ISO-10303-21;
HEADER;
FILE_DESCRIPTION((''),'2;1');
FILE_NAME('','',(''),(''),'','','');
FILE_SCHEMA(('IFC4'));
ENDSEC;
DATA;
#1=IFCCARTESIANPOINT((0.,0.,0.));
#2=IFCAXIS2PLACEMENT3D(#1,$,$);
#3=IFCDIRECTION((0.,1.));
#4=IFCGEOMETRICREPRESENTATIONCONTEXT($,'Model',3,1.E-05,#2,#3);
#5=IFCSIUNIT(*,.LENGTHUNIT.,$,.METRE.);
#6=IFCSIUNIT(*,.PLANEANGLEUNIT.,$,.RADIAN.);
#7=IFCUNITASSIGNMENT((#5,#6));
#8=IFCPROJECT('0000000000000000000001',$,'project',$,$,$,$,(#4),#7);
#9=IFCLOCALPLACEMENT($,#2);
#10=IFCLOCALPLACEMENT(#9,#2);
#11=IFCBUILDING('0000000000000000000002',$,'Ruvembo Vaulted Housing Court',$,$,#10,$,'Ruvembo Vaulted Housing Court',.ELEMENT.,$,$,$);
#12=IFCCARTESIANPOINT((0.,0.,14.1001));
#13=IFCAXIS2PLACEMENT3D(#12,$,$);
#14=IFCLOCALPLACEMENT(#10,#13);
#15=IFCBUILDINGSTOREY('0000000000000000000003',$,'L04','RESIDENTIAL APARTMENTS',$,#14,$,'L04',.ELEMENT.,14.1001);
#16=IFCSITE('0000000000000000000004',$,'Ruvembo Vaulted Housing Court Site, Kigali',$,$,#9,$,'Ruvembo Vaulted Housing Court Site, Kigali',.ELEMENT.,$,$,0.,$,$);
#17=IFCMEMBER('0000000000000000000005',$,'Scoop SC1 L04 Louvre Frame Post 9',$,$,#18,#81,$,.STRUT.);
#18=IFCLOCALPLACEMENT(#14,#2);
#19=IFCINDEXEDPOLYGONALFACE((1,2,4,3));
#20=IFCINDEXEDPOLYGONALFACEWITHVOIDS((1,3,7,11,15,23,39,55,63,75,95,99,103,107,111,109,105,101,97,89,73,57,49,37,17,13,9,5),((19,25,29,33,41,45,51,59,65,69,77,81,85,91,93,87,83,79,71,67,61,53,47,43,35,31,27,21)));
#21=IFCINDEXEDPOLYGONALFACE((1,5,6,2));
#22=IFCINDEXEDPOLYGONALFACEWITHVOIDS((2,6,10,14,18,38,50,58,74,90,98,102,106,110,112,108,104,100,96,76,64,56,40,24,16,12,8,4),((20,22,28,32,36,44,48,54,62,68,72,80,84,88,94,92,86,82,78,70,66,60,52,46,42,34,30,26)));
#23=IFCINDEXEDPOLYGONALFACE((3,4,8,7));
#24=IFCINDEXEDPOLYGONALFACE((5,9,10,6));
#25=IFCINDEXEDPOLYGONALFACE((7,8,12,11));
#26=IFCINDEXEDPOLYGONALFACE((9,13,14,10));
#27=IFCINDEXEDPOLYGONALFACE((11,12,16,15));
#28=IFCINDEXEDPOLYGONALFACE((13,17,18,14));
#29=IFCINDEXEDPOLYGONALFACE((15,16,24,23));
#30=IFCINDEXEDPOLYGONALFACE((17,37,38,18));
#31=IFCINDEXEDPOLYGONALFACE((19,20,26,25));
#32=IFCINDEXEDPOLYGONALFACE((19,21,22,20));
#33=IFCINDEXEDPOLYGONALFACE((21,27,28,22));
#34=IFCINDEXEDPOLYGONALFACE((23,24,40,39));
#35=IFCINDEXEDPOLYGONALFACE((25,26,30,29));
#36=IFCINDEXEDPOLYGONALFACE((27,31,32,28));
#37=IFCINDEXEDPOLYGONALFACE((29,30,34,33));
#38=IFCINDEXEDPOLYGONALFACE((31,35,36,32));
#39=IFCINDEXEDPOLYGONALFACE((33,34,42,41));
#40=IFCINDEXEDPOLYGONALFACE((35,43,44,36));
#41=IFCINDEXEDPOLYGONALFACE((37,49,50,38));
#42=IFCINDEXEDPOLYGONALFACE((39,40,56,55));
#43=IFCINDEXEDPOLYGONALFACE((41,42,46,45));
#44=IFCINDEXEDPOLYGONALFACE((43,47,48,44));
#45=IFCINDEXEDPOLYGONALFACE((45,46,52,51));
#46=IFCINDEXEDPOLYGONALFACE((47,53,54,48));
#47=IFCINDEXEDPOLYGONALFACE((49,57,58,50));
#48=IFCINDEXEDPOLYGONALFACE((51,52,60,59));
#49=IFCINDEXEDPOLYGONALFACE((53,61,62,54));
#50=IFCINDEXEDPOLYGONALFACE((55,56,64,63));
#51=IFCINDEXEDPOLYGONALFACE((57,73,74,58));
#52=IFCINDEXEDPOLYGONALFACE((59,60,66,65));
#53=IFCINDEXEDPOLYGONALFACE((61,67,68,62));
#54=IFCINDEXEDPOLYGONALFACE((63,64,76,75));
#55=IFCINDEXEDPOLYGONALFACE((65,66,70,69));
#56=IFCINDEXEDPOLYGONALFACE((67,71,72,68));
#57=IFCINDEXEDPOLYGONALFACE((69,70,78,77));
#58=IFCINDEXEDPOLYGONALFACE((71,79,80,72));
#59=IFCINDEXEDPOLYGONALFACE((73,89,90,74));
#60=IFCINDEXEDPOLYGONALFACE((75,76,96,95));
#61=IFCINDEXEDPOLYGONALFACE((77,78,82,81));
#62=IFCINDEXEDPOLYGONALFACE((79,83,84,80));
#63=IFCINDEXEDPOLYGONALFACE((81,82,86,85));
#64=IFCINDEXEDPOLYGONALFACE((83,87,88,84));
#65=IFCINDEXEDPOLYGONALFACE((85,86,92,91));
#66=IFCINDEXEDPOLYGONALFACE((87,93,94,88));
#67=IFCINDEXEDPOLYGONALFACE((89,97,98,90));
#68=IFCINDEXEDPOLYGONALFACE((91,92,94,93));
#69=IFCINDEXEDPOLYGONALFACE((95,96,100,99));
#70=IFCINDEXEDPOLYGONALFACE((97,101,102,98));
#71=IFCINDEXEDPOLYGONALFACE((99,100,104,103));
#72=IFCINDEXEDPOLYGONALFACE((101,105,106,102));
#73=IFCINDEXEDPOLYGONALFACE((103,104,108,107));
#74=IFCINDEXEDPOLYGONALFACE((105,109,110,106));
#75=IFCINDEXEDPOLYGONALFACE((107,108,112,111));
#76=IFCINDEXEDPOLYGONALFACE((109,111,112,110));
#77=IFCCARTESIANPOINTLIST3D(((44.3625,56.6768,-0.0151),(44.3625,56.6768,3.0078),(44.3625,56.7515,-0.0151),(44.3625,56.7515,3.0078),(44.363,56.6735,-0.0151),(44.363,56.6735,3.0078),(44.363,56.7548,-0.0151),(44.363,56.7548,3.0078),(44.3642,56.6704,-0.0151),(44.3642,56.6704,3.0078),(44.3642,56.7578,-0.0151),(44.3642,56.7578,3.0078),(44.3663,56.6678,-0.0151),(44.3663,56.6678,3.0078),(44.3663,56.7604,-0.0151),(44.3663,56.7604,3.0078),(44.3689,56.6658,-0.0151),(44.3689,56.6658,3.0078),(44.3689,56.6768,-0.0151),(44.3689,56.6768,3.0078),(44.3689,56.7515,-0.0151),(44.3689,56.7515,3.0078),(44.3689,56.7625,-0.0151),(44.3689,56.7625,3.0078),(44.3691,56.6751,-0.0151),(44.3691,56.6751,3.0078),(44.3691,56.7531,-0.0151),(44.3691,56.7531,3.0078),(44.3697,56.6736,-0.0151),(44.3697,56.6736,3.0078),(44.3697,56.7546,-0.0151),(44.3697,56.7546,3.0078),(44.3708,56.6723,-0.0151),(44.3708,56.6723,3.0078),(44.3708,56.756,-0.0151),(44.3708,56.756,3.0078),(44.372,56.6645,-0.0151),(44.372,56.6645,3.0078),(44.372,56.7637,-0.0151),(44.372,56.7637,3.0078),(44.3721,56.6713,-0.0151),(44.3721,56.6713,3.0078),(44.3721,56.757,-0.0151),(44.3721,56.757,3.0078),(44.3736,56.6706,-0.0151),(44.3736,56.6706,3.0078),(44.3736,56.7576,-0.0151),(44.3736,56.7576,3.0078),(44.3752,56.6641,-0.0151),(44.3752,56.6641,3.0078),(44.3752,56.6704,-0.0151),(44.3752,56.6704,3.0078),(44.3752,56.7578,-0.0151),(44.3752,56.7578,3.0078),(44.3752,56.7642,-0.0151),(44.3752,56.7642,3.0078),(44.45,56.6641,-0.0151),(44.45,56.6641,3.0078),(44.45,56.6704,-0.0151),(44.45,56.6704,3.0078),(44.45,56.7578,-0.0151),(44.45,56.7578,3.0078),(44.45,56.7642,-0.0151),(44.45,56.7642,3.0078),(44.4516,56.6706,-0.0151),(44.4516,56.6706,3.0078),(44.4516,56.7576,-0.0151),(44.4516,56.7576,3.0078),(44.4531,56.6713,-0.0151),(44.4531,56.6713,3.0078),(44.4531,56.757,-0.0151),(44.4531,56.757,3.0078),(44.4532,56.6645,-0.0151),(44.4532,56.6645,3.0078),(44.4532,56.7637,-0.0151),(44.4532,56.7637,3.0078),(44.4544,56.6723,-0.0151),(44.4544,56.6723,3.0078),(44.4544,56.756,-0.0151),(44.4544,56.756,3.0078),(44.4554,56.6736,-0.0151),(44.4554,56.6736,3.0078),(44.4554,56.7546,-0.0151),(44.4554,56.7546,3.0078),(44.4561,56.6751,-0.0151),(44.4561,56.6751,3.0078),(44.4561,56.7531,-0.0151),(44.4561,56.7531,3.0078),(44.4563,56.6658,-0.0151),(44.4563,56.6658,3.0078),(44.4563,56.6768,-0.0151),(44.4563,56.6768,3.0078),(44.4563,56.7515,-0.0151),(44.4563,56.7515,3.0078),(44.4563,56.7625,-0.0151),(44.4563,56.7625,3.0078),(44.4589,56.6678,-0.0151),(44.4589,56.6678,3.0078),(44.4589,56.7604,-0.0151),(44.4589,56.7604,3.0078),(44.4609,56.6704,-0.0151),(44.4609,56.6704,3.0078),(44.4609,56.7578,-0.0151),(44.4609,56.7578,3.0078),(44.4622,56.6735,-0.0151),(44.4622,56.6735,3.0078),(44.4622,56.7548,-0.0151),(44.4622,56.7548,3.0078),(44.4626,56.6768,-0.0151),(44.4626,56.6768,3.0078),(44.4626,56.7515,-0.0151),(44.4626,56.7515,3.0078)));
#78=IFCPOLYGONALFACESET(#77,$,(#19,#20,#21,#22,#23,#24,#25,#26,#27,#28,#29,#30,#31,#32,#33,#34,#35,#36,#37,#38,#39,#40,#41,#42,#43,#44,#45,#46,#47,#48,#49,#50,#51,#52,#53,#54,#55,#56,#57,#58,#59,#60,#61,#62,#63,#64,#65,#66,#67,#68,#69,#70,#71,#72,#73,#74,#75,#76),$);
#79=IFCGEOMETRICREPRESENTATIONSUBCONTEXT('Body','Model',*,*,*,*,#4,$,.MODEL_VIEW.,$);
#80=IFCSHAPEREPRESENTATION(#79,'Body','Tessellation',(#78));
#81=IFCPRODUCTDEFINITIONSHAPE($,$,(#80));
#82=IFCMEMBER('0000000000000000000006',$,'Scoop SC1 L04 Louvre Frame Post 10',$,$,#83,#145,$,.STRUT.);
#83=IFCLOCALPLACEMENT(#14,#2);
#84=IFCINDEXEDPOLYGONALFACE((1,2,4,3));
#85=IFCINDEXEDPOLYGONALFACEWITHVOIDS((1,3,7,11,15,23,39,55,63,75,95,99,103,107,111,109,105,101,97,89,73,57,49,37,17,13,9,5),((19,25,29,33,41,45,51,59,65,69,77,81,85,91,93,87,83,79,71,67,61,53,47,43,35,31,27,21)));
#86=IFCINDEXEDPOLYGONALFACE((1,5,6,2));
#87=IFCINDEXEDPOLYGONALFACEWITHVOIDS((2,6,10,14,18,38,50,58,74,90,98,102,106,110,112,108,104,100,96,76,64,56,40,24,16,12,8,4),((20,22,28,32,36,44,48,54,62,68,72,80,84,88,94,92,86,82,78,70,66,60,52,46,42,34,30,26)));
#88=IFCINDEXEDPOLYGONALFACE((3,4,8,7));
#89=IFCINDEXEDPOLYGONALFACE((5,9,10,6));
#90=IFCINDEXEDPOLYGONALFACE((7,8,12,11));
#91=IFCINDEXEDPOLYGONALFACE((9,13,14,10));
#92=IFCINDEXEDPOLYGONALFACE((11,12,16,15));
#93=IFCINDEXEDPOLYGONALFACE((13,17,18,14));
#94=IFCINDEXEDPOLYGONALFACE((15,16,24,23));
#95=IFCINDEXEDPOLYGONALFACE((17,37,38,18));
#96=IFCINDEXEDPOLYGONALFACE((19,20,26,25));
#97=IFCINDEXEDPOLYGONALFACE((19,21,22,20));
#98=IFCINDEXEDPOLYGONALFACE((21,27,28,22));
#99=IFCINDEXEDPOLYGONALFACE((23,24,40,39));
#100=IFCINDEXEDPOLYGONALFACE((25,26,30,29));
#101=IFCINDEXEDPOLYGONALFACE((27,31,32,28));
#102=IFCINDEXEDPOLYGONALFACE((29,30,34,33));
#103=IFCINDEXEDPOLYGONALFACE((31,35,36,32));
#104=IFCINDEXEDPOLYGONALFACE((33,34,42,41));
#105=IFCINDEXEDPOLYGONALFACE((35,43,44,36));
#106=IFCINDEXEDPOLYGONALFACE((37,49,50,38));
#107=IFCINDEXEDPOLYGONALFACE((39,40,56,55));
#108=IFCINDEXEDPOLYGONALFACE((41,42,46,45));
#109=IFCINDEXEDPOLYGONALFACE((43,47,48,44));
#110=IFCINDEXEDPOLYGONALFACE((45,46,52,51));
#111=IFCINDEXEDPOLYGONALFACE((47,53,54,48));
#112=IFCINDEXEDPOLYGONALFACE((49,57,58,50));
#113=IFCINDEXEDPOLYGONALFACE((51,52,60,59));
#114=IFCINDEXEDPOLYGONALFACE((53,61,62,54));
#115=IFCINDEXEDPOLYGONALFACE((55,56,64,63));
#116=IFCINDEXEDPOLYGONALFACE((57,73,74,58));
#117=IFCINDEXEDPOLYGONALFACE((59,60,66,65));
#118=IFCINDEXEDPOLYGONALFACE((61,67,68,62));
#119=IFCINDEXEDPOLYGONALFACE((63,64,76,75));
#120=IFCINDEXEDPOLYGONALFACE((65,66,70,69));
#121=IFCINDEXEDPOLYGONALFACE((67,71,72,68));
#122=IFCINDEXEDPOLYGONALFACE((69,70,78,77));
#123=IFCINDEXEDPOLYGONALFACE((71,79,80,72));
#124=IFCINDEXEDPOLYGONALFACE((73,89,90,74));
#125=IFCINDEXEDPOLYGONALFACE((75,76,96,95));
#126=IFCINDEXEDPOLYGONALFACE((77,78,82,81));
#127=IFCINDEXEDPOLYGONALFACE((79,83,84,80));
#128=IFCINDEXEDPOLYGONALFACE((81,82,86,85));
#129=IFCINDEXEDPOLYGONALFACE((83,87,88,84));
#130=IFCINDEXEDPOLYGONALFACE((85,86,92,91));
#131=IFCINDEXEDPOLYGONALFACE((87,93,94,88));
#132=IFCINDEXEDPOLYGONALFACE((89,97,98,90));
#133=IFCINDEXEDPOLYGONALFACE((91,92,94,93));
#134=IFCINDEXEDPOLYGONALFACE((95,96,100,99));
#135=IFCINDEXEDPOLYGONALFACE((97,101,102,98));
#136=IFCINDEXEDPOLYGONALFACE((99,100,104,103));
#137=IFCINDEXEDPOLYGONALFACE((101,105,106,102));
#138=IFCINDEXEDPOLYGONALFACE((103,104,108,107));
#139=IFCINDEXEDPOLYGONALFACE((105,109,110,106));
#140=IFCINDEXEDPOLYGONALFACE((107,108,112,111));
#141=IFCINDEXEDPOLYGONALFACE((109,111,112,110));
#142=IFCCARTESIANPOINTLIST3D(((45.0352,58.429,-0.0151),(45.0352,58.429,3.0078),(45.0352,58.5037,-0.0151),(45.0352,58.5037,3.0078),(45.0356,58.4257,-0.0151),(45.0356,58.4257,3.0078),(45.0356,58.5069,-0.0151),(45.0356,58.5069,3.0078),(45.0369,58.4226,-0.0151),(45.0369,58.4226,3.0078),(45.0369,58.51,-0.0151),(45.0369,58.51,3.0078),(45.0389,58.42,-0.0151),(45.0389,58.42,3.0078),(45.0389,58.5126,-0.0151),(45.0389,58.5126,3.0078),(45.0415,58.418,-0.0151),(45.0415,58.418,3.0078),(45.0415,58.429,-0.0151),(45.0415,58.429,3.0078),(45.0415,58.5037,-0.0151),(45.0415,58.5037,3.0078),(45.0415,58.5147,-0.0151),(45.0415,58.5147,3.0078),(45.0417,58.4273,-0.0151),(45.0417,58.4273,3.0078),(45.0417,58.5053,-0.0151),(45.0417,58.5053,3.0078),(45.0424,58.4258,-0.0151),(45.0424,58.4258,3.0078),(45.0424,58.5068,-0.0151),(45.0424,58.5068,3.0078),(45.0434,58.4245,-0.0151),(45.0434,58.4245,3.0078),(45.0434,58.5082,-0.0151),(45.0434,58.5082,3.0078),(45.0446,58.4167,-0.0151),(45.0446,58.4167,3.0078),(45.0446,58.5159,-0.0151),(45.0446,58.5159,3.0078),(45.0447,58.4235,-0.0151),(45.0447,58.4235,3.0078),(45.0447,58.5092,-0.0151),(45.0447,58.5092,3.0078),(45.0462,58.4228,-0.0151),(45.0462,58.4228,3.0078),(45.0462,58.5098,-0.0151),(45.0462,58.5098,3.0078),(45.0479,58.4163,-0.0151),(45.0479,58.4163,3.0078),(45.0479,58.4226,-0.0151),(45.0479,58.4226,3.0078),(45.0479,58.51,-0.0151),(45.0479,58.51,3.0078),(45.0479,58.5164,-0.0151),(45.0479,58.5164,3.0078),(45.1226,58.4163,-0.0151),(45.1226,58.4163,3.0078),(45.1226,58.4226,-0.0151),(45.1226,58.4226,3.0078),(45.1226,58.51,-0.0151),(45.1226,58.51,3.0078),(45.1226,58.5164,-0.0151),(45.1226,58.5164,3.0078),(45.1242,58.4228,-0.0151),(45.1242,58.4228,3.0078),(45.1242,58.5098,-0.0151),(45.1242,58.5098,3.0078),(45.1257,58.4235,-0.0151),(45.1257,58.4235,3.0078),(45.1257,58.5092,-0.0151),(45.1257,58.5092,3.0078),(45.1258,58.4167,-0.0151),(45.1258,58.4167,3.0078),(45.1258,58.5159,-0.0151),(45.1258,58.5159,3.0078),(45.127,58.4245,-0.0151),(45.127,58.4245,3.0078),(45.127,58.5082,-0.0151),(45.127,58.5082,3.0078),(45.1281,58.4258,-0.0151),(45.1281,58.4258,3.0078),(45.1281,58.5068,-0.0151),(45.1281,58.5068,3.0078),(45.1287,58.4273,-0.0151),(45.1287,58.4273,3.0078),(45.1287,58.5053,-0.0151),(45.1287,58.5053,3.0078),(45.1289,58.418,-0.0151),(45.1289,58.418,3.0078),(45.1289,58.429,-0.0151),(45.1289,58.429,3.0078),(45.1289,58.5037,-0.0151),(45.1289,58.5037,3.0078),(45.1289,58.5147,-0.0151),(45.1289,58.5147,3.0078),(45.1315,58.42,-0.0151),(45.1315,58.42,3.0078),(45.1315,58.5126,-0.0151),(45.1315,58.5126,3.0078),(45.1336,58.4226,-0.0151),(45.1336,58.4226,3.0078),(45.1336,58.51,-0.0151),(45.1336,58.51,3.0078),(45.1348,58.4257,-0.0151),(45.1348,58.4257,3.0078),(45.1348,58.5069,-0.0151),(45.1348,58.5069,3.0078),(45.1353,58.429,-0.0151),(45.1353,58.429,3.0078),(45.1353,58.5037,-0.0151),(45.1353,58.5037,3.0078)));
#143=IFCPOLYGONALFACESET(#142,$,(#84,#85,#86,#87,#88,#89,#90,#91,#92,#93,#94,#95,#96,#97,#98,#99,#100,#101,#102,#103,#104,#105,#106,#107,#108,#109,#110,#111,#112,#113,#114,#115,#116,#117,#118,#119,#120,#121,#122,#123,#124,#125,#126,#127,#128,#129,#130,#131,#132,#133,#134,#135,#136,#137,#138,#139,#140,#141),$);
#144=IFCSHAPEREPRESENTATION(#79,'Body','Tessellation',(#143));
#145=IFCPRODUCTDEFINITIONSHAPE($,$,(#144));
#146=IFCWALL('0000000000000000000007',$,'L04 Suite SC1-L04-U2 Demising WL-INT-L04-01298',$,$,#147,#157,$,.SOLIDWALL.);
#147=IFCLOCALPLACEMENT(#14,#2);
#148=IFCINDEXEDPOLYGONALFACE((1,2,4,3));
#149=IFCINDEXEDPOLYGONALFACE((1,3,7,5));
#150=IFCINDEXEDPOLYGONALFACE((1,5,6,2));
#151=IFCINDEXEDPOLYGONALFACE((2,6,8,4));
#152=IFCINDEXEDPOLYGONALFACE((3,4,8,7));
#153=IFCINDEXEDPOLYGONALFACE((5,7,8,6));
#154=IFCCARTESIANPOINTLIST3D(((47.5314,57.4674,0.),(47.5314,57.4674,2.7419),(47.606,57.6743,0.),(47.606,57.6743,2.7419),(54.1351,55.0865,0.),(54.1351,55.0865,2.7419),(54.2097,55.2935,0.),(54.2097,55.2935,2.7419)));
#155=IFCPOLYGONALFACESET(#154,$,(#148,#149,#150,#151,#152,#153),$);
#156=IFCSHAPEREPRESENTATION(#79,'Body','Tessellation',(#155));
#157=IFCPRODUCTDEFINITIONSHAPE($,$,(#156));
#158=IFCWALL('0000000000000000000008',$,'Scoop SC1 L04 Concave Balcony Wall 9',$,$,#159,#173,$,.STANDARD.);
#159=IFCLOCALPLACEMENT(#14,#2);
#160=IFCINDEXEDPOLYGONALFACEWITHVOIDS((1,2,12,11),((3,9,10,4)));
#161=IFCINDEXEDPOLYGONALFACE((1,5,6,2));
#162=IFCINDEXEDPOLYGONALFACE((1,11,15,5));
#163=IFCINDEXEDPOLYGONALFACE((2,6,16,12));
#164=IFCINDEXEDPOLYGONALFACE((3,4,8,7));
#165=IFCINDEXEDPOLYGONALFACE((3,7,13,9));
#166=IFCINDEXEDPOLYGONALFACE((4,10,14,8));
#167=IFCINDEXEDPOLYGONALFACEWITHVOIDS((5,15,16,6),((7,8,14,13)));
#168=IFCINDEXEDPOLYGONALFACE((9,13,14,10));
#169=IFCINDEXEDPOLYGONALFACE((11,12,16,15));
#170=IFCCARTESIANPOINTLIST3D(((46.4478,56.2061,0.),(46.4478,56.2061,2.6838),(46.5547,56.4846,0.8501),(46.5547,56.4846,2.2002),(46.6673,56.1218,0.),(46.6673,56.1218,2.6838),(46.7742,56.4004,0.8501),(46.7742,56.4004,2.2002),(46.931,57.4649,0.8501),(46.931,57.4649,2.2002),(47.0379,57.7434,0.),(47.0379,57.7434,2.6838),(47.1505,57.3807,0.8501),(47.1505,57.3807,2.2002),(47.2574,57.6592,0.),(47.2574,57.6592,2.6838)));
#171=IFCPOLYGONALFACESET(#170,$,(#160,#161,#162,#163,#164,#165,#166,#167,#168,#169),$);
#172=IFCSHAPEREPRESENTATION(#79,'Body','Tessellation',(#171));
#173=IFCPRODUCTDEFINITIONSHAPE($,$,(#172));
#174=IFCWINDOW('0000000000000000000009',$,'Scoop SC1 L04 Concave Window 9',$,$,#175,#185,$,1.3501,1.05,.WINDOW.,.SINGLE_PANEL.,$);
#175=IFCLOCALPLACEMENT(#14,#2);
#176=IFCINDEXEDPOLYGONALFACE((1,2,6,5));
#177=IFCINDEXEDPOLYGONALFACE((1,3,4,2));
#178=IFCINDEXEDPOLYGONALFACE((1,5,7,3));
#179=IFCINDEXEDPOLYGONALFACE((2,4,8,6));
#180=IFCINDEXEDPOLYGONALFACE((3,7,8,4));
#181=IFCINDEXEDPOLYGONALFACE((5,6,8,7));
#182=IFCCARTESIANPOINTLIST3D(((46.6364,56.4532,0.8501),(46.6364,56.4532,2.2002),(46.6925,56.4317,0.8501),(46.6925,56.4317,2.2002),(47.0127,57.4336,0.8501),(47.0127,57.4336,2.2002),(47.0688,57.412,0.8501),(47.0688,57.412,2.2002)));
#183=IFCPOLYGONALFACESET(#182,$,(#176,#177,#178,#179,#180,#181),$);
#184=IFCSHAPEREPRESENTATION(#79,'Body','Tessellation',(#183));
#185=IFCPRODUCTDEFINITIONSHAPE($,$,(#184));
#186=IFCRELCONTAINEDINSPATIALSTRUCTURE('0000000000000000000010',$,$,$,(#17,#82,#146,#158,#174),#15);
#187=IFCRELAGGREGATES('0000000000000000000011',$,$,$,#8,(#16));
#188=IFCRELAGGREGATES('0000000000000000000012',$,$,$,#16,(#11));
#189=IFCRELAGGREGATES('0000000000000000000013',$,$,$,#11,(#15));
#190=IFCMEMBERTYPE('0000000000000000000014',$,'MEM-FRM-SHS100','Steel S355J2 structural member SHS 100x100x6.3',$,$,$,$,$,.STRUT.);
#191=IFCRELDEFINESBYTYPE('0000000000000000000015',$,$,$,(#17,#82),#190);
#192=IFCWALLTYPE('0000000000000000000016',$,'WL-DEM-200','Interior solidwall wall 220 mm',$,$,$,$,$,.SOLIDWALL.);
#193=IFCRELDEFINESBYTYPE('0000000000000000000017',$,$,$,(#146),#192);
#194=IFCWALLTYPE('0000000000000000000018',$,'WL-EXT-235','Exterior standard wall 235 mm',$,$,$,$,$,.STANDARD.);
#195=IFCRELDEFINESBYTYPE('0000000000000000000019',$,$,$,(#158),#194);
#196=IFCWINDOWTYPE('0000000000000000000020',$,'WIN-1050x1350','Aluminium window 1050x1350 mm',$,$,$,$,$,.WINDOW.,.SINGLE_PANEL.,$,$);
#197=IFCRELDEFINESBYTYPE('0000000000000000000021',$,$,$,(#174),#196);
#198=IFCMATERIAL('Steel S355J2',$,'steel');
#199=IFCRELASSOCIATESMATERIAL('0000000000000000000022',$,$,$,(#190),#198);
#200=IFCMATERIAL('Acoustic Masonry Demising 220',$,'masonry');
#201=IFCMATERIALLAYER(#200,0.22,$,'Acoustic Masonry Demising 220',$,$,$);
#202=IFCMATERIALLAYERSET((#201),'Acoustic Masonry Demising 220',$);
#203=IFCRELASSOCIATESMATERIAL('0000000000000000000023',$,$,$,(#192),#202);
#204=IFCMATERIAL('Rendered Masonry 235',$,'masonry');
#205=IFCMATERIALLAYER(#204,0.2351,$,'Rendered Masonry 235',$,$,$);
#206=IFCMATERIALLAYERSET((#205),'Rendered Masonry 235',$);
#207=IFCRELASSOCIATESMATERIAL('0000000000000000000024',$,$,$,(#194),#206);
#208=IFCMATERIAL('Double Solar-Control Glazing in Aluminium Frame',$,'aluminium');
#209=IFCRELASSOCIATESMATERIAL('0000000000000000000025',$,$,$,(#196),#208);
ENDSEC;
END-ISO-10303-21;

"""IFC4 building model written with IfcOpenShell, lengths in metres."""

from ifc_helpers import new_model, si_unit, direction, frame, frame_2d, origin, origin_2d, place, context, subcontext, project, spatial, rectangle, hollow_rectangle, extrude, material, layer, layer_set, material_profile, profile_set, type_object, element, fill, save


model = new_model("IFC4")

# Units and contexts
model_context = context("Model", 3, precision=1e-05, world=origin(), true_north=direction((0.0, 1.0)))
body_context = subcontext(model_context, "Body", "Model", "MODEL_VIEW")
ifc_project = project(units=[si_unit("LENGTHUNIT", "METRE"), si_unit("PLANEANGLEUNIT", "RADIAN")], contexts=[model_context])

# Site, building, storey
site_placement = place(None, origin())
site = spatial("IfcSite", under=ifc_project, at=site_placement, Name="Ruvembo Vaulted Housing Court Site, Kigali", LongName="Ruvembo Vaulted Housing Court Site, Kigali", CompositionType="ELEMENT", RefElevation=0.0)
building_placement = place(site_placement, origin())
building = spatial("IfcBuilding", under=site, at=building_placement, Name="Ruvembo Vaulted Housing Court", LongName="Ruvembo Vaulted Housing Court", CompositionType="ELEMENT")
storey_placement = place(building_placement, frame((0.0, 0.0, 14.1001)))
storey = spatial("IfcBuildingStorey", under=building, at=storey_placement, Name="L04", Description="RESIDENTIAL APARTMENTS", LongName="L04", CompositionType="ELEMENT", Elevation=14.1001)

# Shared definitions
ifc_material_1 = material(Name="Steel S355J2", Category="steel")

# Members
ifc_material_profile_1 = material_profile(ifc_material_1, hollow_rectangle(XDim=0.1001, YDim=0.1001, WallThickness=0.0063, InnerFilletRadius=0.0063, OuterFilletRadius=0.0127, at=origin_2d()), Name="SHS 100x100x6.3")
ifc_profile_set_1 = profile_set([ifc_material_profile_1], Name="Steel S355J2")
member_type_1 = type_object("IfcMemberType", Name="MEM-FRM-SHS100", Description="Steel S355J2 structural member SHS 100x100x6.3", PredefinedType="STRUT", material=ifc_profile_set_1)
for number, where, z_axis, x_axis, name in (
    (1, (44.4126, 56.7141, -0.0151), (0.0, 0.0, 1.0), (1.0, 0.0, 0.0), "Scoop SC1 L04 Louvre Frame Post 9"),
    (2, (45.0852, 58.4663, -0.0151), (0.0, 0.0, 1.0), (1.0, 0.0, 0.0), "Scoop SC1 L04 Louvre Frame Post 10"),
):
    element("IfcMember", number, at=place(storey_placement, frame(where, z_axis=z_axis, x_axis=x_axis)), inside=storey, type_object=member_type_1, Name=name, PredefinedType="STRUT", context=body_context, shape_type="SweptSolid", body=[
        extrude(hollow_rectangle(XDim=0.1001, YDim=0.1001, WallThickness=0.0063, InnerFilletRadius=0.0063, OuterFilletRadius=0.0127, at=origin_2d()), origin(), (0.0, 0.0, 1.0), 3.0229),
    ])

# Wall
ifc_material_2 = material(Name="Acoustic Masonry Demising 220", Category="masonry")
ifc_layer_1 = layer(ifc_material_2, 0.22, Name="Acoustic Masonry Demising 220")
ifc_layer_set_1 = layer_set([ifc_layer_1], Name="Acoustic Masonry Demising 220")
wall_type_1 = type_object("IfcWallType", Name="WL-DEM-200", Description="Interior solidwall wall 220 mm", PredefinedType="SOLIDWALL", material=ifc_layer_set_1)
wall_1_placement = place(storey_placement, frame((47.5688, 57.5708, 0.0), z_axis=(0.0, 0.0, 1.0), x_axis=(0.940728, -0.339162, 0.0)))
element("IfcWall", 3, at=wall_1_placement, inside=storey, type_object=wall_type_1, Name="L04 Suite SC1-L04-U2 Demising WL-INT-L04-01298", PredefinedType="SOLIDWALL", context=body_context, shape_type="SweptSolid", body=[
    extrude(rectangle(XDim=7.0198, YDim=0.22, at=frame_2d((3.5098, 0.0))), origin(), (0.0, 0.0, 1.0), 2.7419),
])

# Wall, opening, window
ifc_material_3 = material(Name="Rendered Masonry 235", Category="masonry")
ifc_layer_2 = layer(ifc_material_3, 0.2351, Name="Rendered Masonry 235")
ifc_layer_set_2 = layer_set([ifc_layer_2], Name="Rendered Masonry 235")
wall_type_2 = type_object("IfcWallType", Name="WL-EXT-235", Description="Exterior standard wall 235 mm", PredefinedType="STANDARD", material=ifc_layer_set_2)
wall_2_placement = place(storey_placement, frame((46.5576, 56.1641, 0.0), z_axis=(0.0, 0.0, 1.0), x_axis=(0.358343, 0.93359, 0.0)))
wall_2 = element("IfcWall", 4, at=wall_2_placement, inside=storey, type_object=wall_type_2, Name="Scoop SC1 L04 Concave Balcony Wall 9", PredefinedType="STANDARD", context=body_context, shape_type="SweptSolid", body=[
    extrude(rectangle(XDim=1.6467, YDim=0.2351, at=frame_2d((0.8232, 0.0))), origin(), (0.0, 0.0, 1.0), 2.6838),
])
opening_1_placement = place(wall_2_placement, frame((0.2983, 0.0, 0.8501)))
opening_1 = element("IfcOpeningElement", 5, at=opening_1_placement, cuts=wall_2, PredefinedType="OPENING", context=body_context, shape_type="SweptSolid", body=[
    extrude(rectangle(XDim=1.05, YDim=1.3501, at=frame_2d((0.5249, 0.675))), frame((0.0, 0.1274, 0.0), z_axis=(0.0, -1.0, 0.0), x_axis=(1.0, 0.0, 0.0)), (0.0, 0.0, 1.0), 0.2551),
])
ifc_material_4 = material(Name="Double Solar-Control Glazing in Aluminium Frame", Category="aluminium")
window_type_1 = type_object("IfcWindowType", Name="WIN-1050x1350", Description="Aluminium window 1050x1350 mm", PartitioningType="SINGLE_PANEL", PredefinedType="WINDOW", material=ifc_material_4)
window_1_placement = place(opening_1_placement, origin())
window_1 = element("IfcWindow", 6, at=window_1_placement, inside=storey, type_object=window_type_1, Name="Scoop SC1 L04 Concave Window 9", OverallHeight=1.3501, OverallWidth=1.05, PartitioningType="SINGLE_PANEL", PredefinedType="WINDOW", context=body_context, shape_type="SweptSolid", body=[
    extrude(rectangle(XDim=1.05, YDim=1.3501, at=frame_2d((0.5249, 0.675))), frame((0.0, 0.03, 0.0), z_axis=(0.0, -1.0, 0.0), x_axis=(1.0, 0.0, 0.0)), (0.0, 0.0, 1.0), 0.0601),
])
fill(opening_1, window_1)

save(model, "model.ifc")
